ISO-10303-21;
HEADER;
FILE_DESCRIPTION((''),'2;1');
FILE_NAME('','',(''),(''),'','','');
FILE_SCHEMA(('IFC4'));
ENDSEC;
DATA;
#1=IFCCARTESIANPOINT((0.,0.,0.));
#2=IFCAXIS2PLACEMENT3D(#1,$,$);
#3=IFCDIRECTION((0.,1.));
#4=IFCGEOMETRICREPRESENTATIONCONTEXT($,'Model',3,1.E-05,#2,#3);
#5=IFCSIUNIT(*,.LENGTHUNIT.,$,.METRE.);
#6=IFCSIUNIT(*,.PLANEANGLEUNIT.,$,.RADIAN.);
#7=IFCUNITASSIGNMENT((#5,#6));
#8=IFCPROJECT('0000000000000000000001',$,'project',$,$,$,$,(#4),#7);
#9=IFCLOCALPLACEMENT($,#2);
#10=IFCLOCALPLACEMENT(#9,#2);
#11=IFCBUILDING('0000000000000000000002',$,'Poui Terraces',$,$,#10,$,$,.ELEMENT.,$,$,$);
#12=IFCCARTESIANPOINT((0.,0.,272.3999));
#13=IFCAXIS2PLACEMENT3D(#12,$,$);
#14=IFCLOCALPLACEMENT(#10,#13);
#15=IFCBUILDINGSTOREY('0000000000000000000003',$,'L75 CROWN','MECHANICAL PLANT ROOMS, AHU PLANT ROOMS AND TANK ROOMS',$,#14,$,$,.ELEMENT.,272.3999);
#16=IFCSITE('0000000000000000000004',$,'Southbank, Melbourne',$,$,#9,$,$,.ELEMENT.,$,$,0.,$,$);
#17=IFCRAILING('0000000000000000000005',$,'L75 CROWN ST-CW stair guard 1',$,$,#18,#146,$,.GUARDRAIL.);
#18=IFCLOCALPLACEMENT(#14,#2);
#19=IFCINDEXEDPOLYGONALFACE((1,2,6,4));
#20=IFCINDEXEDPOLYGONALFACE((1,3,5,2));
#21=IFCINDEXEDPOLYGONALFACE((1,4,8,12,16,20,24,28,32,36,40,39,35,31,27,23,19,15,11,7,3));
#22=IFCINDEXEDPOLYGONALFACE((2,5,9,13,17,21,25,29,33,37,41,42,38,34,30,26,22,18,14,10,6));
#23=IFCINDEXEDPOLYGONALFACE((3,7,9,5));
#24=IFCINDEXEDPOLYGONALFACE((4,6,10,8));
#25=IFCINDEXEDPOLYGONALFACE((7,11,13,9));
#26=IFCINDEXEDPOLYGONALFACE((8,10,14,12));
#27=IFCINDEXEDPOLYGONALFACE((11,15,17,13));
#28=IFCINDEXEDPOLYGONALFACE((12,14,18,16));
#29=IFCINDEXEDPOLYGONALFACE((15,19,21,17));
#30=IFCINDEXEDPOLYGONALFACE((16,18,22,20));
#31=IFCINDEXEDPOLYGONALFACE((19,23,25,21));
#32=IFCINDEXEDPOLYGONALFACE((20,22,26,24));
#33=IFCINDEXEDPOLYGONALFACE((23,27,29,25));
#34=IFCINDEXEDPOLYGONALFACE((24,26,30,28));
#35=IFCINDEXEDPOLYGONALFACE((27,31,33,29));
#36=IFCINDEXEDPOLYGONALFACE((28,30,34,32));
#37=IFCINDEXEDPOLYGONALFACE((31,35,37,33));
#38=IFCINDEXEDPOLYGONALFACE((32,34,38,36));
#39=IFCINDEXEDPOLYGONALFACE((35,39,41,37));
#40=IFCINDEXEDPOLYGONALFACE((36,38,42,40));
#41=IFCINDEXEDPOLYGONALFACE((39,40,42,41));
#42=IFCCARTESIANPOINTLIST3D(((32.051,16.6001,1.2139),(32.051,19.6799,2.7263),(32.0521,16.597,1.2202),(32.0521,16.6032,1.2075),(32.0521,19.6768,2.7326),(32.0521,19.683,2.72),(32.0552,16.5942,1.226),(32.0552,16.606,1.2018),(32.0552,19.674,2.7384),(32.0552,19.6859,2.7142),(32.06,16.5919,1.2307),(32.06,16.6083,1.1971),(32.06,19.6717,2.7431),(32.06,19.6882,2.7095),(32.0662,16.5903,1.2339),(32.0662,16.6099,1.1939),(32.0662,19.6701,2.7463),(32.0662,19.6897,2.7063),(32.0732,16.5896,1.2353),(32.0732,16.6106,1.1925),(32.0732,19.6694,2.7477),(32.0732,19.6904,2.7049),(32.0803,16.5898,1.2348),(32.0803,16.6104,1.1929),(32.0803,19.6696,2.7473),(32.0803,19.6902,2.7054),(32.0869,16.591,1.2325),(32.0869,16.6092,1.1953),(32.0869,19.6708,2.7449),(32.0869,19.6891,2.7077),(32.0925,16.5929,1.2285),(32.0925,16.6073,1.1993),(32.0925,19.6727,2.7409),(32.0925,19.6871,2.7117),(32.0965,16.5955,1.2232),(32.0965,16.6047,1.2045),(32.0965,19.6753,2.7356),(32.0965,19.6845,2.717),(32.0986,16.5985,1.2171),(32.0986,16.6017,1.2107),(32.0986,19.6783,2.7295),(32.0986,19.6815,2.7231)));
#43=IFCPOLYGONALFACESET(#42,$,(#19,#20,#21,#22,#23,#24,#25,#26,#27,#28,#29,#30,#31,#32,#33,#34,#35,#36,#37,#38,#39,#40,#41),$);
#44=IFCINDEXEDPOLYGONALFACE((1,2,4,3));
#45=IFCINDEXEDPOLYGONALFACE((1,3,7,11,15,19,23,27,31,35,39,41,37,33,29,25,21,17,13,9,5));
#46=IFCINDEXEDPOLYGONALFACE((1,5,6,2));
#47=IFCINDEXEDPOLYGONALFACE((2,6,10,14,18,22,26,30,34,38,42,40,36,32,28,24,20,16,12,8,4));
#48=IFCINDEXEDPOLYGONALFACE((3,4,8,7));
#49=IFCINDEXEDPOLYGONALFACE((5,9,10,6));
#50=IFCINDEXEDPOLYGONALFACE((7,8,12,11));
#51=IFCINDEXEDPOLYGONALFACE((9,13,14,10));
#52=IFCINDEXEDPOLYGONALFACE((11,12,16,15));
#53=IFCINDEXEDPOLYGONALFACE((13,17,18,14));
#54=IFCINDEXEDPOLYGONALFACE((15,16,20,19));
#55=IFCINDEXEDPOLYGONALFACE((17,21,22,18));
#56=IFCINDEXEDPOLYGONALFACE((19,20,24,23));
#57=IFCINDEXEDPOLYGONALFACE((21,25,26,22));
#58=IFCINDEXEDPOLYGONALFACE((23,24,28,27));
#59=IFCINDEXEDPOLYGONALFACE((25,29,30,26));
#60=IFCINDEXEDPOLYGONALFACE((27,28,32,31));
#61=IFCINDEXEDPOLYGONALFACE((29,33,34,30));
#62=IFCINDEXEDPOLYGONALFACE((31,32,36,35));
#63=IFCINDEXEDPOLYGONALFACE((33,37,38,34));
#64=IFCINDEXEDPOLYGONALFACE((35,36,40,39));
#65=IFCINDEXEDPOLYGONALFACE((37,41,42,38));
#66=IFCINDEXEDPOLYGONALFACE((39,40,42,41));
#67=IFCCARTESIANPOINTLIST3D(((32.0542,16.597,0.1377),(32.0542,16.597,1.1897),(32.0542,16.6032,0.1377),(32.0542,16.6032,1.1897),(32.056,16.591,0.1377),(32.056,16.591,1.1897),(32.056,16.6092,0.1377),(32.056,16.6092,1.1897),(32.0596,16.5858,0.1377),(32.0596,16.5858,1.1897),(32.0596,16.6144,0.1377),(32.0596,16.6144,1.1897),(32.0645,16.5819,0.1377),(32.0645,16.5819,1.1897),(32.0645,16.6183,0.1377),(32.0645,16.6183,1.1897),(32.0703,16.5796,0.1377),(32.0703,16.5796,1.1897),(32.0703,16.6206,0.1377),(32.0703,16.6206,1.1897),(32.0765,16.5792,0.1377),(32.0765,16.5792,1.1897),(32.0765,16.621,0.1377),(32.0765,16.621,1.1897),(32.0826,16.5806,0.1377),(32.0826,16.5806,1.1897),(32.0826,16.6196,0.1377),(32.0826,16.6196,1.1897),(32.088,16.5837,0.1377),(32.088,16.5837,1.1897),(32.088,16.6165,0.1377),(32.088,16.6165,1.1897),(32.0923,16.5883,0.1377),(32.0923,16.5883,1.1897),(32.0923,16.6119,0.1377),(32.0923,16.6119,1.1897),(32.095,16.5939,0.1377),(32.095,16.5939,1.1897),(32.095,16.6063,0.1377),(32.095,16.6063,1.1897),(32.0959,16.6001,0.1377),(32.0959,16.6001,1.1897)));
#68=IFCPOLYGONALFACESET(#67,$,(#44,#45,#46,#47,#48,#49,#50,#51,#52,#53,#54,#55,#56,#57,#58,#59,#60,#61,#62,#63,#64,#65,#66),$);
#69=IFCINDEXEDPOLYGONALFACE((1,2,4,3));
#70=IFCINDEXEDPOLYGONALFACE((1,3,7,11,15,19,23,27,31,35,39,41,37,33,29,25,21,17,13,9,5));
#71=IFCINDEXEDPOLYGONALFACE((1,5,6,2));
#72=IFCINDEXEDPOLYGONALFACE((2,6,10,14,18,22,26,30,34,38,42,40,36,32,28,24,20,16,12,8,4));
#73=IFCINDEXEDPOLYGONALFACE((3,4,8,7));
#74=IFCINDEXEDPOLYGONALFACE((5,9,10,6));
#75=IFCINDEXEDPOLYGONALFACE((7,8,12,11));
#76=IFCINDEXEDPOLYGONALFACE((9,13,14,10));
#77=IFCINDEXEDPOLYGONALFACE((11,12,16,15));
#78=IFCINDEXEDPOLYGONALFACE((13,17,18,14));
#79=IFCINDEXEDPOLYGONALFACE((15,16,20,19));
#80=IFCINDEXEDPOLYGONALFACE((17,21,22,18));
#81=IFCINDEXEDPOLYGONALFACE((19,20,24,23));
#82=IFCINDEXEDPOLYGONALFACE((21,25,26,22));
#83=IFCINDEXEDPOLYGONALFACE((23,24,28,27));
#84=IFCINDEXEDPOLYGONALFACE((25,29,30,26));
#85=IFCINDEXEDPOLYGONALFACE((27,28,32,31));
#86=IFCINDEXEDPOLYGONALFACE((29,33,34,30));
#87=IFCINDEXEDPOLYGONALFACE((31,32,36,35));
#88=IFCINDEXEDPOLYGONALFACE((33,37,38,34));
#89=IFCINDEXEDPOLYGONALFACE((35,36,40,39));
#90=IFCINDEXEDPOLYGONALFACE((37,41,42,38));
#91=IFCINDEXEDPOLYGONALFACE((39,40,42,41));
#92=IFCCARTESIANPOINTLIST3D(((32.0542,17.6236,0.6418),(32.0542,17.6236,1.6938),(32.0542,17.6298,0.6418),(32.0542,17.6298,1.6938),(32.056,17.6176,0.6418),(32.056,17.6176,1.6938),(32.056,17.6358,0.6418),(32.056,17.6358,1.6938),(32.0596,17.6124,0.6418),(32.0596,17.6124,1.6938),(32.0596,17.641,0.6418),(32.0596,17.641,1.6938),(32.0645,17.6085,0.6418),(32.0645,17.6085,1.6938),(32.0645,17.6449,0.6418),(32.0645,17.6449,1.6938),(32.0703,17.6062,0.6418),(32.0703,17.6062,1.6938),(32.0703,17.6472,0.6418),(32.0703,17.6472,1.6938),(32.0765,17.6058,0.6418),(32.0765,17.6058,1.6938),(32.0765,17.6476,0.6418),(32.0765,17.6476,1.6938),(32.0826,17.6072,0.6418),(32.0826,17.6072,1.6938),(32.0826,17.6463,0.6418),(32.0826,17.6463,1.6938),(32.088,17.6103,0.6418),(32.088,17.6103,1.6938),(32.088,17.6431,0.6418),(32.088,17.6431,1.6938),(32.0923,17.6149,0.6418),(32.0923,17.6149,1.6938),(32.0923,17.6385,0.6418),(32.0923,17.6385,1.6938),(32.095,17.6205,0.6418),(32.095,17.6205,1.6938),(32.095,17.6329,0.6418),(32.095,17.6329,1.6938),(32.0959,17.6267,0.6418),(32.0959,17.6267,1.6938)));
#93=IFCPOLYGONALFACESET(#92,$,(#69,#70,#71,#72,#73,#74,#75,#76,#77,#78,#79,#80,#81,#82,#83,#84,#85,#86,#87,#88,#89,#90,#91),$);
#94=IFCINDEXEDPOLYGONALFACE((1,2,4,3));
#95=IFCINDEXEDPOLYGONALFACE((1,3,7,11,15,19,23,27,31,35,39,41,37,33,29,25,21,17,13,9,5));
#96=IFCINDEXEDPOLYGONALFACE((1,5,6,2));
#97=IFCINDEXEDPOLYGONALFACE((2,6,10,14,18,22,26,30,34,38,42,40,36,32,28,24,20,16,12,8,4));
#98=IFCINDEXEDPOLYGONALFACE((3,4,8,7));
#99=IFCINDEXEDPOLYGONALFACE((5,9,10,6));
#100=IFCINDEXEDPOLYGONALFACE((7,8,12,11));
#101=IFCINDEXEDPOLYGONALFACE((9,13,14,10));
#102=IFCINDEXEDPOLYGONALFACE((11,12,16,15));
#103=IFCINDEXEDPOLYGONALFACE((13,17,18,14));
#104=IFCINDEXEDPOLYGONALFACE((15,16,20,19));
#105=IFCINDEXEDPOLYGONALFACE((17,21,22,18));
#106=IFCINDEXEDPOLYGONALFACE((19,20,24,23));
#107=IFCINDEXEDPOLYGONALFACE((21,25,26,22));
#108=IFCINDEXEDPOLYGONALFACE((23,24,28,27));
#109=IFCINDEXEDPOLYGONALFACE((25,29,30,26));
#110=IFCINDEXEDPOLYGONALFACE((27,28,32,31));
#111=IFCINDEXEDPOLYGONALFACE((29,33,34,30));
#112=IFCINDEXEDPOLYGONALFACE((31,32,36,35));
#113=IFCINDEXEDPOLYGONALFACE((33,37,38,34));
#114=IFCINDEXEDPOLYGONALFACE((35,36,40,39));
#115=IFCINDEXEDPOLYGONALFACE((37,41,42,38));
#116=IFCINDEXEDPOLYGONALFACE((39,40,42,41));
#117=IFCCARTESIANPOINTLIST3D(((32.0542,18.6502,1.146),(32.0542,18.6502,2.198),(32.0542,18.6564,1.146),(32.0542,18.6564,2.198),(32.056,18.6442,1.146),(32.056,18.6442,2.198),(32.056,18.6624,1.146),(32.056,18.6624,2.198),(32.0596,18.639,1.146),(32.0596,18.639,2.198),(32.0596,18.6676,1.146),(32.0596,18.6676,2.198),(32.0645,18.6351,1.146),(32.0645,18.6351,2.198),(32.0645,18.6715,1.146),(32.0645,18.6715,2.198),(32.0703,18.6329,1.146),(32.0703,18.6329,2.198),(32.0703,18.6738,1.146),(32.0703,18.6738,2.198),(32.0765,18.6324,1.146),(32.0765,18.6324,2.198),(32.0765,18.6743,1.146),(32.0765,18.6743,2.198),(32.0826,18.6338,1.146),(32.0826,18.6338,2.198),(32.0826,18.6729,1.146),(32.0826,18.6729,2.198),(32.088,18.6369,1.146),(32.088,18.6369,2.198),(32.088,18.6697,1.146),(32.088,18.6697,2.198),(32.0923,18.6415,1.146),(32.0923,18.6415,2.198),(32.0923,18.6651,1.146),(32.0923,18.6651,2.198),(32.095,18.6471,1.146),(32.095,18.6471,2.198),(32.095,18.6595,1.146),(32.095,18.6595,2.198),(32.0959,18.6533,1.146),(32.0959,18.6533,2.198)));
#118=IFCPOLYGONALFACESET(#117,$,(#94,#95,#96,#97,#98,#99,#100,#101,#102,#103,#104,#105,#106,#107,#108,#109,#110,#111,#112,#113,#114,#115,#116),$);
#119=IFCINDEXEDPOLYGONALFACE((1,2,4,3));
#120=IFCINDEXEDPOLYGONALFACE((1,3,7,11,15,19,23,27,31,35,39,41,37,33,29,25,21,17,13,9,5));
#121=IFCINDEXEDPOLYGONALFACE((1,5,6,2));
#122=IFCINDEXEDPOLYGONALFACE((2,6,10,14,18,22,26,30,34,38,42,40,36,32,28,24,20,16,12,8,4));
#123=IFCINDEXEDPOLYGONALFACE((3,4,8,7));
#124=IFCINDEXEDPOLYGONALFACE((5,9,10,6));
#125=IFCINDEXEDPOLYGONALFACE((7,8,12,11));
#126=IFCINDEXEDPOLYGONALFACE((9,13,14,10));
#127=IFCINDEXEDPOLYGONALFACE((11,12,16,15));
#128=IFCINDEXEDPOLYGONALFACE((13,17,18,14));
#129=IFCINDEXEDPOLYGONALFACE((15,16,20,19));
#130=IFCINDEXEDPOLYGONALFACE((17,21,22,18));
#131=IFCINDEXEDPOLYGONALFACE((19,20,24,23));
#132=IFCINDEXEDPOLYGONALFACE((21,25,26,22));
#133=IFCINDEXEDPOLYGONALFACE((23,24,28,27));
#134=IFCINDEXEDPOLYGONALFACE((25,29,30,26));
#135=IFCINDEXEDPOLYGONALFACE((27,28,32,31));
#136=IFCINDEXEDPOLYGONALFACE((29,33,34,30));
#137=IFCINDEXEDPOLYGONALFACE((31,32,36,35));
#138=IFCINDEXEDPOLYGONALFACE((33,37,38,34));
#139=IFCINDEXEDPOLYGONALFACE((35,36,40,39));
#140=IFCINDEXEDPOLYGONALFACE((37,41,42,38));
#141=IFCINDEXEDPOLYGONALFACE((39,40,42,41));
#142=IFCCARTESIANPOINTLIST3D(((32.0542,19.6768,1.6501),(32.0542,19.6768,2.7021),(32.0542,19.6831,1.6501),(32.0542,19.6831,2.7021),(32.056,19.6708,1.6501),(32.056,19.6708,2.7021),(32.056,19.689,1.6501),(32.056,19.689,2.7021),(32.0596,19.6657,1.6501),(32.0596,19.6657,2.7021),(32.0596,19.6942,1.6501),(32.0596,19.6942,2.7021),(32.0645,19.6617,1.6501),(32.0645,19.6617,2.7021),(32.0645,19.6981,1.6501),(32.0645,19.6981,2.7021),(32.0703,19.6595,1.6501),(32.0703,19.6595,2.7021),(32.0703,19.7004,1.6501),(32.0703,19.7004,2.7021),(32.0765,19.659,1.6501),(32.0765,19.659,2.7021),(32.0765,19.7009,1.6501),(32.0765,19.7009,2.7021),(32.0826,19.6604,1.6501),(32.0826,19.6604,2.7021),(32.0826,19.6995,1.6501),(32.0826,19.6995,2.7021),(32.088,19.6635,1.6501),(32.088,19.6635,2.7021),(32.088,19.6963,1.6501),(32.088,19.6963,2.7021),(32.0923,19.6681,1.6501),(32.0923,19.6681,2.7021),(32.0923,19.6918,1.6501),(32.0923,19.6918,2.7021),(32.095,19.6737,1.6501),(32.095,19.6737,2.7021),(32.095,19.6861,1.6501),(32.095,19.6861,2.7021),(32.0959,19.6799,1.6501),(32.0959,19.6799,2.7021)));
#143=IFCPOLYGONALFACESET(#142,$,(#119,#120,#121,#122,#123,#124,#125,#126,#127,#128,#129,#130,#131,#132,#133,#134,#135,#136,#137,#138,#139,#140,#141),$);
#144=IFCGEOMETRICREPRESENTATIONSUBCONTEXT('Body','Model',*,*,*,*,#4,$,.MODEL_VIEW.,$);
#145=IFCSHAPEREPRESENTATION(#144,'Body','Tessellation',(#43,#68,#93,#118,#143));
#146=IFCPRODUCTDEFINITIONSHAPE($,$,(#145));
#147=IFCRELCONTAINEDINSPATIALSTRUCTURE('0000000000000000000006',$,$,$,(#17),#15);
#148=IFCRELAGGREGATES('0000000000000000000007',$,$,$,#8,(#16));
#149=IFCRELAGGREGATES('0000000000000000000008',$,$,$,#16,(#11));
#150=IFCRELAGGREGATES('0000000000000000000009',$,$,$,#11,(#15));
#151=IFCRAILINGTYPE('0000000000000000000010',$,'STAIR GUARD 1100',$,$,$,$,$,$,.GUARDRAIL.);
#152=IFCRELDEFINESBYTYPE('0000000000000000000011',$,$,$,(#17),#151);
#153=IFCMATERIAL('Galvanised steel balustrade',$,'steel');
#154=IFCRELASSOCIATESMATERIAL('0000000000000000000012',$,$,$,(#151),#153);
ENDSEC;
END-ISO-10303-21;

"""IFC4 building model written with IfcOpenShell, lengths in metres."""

from ifc_helpers import new_model, si_unit, direction, frame, origin, origin_2d, place, context, subcontext, project, spatial, circle, extrude, material, type_object, element, save


model = new_model("IFC4")

# Units and contexts
model_context = context("Model", 3, precision=1e-05, world=origin(), true_north=direction((0.0, 1.0)))
body_context = subcontext(model_context, "Body", "Model", "MODEL_VIEW")
ifc_project = project(units=[si_unit("LENGTHUNIT", "METRE"), si_unit("PLANEANGLEUNIT", "RADIAN")], contexts=[model_context])

# Site, building, storey
site_placement = place(None, origin())
site = spatial("IfcSite", under=ifc_project, at=site_placement, Name="Southbank, Melbourne", CompositionType="ELEMENT", RefElevation=0.0)
building_placement = place(site_placement, origin())
building = spatial("IfcBuilding", under=site, at=building_placement, Name="Poui Terraces", CompositionType="ELEMENT")
storey_placement = place(building_placement, frame((0.0, 0.0, 272.3999)))
storey = spatial("IfcBuildingStorey", under=building, at=storey_placement, Name="L75 CROWN", Description="MECHANICAL PLANT ROOMS, AHU PLANT ROOMS AND TANK ROOMS", CompositionType="ELEMENT", Elevation=272.3999)

# Railing
ifc_material_1 = material(Name="Galvanised steel balustrade", Category="steel")
railing_type_1 = type_object("IfcRailingType", Name="STAIR GUARD 1100", PredefinedType="GUARDRAIL", material=ifc_material_1)
railing_1_placement = place(storey_placement, frame((32.075, 16.6001, 0.1377)))
element("IfcRailing", 1, at=railing_1_placement, inside=storey, type_object=railing_type_1, Name="L75 CROWN ST-CW stair guard 1", PredefinedType="GUARDRAIL", context=body_context, shape_type="SweptSolid", body=[
    extrude(circle(Radius=0.0239, at=origin_2d()), frame((0.0, 0.0, 1.0762), z_axis=(0.0, 0.897606, 0.440798), x_axis=(-1.0, 0.0, 0.0)), (0.0, 0.0, 1.0), 3.4312),
    extrude(circle(Radius=0.021, at=origin_2d()), origin(), (0.0, 0.0, 1.0), 1.052),
    extrude(circle(Radius=0.021, at=origin_2d()), frame((0.0, 1.0266, 0.5042)), (0.0, 0.0, 1.0), 1.052),
    extrude(circle(Radius=0.021, at=origin_2d()), frame((0.0, 2.0532, 1.0083)), (0.0, 0.0, 1.0), 1.052),
    extrude(circle(Radius=0.021, at=origin_2d()), frame((0.0, 3.0798, 1.5125)), (0.0, 0.0, 1.0), 1.052),
])

save(model, "model.ifc")
